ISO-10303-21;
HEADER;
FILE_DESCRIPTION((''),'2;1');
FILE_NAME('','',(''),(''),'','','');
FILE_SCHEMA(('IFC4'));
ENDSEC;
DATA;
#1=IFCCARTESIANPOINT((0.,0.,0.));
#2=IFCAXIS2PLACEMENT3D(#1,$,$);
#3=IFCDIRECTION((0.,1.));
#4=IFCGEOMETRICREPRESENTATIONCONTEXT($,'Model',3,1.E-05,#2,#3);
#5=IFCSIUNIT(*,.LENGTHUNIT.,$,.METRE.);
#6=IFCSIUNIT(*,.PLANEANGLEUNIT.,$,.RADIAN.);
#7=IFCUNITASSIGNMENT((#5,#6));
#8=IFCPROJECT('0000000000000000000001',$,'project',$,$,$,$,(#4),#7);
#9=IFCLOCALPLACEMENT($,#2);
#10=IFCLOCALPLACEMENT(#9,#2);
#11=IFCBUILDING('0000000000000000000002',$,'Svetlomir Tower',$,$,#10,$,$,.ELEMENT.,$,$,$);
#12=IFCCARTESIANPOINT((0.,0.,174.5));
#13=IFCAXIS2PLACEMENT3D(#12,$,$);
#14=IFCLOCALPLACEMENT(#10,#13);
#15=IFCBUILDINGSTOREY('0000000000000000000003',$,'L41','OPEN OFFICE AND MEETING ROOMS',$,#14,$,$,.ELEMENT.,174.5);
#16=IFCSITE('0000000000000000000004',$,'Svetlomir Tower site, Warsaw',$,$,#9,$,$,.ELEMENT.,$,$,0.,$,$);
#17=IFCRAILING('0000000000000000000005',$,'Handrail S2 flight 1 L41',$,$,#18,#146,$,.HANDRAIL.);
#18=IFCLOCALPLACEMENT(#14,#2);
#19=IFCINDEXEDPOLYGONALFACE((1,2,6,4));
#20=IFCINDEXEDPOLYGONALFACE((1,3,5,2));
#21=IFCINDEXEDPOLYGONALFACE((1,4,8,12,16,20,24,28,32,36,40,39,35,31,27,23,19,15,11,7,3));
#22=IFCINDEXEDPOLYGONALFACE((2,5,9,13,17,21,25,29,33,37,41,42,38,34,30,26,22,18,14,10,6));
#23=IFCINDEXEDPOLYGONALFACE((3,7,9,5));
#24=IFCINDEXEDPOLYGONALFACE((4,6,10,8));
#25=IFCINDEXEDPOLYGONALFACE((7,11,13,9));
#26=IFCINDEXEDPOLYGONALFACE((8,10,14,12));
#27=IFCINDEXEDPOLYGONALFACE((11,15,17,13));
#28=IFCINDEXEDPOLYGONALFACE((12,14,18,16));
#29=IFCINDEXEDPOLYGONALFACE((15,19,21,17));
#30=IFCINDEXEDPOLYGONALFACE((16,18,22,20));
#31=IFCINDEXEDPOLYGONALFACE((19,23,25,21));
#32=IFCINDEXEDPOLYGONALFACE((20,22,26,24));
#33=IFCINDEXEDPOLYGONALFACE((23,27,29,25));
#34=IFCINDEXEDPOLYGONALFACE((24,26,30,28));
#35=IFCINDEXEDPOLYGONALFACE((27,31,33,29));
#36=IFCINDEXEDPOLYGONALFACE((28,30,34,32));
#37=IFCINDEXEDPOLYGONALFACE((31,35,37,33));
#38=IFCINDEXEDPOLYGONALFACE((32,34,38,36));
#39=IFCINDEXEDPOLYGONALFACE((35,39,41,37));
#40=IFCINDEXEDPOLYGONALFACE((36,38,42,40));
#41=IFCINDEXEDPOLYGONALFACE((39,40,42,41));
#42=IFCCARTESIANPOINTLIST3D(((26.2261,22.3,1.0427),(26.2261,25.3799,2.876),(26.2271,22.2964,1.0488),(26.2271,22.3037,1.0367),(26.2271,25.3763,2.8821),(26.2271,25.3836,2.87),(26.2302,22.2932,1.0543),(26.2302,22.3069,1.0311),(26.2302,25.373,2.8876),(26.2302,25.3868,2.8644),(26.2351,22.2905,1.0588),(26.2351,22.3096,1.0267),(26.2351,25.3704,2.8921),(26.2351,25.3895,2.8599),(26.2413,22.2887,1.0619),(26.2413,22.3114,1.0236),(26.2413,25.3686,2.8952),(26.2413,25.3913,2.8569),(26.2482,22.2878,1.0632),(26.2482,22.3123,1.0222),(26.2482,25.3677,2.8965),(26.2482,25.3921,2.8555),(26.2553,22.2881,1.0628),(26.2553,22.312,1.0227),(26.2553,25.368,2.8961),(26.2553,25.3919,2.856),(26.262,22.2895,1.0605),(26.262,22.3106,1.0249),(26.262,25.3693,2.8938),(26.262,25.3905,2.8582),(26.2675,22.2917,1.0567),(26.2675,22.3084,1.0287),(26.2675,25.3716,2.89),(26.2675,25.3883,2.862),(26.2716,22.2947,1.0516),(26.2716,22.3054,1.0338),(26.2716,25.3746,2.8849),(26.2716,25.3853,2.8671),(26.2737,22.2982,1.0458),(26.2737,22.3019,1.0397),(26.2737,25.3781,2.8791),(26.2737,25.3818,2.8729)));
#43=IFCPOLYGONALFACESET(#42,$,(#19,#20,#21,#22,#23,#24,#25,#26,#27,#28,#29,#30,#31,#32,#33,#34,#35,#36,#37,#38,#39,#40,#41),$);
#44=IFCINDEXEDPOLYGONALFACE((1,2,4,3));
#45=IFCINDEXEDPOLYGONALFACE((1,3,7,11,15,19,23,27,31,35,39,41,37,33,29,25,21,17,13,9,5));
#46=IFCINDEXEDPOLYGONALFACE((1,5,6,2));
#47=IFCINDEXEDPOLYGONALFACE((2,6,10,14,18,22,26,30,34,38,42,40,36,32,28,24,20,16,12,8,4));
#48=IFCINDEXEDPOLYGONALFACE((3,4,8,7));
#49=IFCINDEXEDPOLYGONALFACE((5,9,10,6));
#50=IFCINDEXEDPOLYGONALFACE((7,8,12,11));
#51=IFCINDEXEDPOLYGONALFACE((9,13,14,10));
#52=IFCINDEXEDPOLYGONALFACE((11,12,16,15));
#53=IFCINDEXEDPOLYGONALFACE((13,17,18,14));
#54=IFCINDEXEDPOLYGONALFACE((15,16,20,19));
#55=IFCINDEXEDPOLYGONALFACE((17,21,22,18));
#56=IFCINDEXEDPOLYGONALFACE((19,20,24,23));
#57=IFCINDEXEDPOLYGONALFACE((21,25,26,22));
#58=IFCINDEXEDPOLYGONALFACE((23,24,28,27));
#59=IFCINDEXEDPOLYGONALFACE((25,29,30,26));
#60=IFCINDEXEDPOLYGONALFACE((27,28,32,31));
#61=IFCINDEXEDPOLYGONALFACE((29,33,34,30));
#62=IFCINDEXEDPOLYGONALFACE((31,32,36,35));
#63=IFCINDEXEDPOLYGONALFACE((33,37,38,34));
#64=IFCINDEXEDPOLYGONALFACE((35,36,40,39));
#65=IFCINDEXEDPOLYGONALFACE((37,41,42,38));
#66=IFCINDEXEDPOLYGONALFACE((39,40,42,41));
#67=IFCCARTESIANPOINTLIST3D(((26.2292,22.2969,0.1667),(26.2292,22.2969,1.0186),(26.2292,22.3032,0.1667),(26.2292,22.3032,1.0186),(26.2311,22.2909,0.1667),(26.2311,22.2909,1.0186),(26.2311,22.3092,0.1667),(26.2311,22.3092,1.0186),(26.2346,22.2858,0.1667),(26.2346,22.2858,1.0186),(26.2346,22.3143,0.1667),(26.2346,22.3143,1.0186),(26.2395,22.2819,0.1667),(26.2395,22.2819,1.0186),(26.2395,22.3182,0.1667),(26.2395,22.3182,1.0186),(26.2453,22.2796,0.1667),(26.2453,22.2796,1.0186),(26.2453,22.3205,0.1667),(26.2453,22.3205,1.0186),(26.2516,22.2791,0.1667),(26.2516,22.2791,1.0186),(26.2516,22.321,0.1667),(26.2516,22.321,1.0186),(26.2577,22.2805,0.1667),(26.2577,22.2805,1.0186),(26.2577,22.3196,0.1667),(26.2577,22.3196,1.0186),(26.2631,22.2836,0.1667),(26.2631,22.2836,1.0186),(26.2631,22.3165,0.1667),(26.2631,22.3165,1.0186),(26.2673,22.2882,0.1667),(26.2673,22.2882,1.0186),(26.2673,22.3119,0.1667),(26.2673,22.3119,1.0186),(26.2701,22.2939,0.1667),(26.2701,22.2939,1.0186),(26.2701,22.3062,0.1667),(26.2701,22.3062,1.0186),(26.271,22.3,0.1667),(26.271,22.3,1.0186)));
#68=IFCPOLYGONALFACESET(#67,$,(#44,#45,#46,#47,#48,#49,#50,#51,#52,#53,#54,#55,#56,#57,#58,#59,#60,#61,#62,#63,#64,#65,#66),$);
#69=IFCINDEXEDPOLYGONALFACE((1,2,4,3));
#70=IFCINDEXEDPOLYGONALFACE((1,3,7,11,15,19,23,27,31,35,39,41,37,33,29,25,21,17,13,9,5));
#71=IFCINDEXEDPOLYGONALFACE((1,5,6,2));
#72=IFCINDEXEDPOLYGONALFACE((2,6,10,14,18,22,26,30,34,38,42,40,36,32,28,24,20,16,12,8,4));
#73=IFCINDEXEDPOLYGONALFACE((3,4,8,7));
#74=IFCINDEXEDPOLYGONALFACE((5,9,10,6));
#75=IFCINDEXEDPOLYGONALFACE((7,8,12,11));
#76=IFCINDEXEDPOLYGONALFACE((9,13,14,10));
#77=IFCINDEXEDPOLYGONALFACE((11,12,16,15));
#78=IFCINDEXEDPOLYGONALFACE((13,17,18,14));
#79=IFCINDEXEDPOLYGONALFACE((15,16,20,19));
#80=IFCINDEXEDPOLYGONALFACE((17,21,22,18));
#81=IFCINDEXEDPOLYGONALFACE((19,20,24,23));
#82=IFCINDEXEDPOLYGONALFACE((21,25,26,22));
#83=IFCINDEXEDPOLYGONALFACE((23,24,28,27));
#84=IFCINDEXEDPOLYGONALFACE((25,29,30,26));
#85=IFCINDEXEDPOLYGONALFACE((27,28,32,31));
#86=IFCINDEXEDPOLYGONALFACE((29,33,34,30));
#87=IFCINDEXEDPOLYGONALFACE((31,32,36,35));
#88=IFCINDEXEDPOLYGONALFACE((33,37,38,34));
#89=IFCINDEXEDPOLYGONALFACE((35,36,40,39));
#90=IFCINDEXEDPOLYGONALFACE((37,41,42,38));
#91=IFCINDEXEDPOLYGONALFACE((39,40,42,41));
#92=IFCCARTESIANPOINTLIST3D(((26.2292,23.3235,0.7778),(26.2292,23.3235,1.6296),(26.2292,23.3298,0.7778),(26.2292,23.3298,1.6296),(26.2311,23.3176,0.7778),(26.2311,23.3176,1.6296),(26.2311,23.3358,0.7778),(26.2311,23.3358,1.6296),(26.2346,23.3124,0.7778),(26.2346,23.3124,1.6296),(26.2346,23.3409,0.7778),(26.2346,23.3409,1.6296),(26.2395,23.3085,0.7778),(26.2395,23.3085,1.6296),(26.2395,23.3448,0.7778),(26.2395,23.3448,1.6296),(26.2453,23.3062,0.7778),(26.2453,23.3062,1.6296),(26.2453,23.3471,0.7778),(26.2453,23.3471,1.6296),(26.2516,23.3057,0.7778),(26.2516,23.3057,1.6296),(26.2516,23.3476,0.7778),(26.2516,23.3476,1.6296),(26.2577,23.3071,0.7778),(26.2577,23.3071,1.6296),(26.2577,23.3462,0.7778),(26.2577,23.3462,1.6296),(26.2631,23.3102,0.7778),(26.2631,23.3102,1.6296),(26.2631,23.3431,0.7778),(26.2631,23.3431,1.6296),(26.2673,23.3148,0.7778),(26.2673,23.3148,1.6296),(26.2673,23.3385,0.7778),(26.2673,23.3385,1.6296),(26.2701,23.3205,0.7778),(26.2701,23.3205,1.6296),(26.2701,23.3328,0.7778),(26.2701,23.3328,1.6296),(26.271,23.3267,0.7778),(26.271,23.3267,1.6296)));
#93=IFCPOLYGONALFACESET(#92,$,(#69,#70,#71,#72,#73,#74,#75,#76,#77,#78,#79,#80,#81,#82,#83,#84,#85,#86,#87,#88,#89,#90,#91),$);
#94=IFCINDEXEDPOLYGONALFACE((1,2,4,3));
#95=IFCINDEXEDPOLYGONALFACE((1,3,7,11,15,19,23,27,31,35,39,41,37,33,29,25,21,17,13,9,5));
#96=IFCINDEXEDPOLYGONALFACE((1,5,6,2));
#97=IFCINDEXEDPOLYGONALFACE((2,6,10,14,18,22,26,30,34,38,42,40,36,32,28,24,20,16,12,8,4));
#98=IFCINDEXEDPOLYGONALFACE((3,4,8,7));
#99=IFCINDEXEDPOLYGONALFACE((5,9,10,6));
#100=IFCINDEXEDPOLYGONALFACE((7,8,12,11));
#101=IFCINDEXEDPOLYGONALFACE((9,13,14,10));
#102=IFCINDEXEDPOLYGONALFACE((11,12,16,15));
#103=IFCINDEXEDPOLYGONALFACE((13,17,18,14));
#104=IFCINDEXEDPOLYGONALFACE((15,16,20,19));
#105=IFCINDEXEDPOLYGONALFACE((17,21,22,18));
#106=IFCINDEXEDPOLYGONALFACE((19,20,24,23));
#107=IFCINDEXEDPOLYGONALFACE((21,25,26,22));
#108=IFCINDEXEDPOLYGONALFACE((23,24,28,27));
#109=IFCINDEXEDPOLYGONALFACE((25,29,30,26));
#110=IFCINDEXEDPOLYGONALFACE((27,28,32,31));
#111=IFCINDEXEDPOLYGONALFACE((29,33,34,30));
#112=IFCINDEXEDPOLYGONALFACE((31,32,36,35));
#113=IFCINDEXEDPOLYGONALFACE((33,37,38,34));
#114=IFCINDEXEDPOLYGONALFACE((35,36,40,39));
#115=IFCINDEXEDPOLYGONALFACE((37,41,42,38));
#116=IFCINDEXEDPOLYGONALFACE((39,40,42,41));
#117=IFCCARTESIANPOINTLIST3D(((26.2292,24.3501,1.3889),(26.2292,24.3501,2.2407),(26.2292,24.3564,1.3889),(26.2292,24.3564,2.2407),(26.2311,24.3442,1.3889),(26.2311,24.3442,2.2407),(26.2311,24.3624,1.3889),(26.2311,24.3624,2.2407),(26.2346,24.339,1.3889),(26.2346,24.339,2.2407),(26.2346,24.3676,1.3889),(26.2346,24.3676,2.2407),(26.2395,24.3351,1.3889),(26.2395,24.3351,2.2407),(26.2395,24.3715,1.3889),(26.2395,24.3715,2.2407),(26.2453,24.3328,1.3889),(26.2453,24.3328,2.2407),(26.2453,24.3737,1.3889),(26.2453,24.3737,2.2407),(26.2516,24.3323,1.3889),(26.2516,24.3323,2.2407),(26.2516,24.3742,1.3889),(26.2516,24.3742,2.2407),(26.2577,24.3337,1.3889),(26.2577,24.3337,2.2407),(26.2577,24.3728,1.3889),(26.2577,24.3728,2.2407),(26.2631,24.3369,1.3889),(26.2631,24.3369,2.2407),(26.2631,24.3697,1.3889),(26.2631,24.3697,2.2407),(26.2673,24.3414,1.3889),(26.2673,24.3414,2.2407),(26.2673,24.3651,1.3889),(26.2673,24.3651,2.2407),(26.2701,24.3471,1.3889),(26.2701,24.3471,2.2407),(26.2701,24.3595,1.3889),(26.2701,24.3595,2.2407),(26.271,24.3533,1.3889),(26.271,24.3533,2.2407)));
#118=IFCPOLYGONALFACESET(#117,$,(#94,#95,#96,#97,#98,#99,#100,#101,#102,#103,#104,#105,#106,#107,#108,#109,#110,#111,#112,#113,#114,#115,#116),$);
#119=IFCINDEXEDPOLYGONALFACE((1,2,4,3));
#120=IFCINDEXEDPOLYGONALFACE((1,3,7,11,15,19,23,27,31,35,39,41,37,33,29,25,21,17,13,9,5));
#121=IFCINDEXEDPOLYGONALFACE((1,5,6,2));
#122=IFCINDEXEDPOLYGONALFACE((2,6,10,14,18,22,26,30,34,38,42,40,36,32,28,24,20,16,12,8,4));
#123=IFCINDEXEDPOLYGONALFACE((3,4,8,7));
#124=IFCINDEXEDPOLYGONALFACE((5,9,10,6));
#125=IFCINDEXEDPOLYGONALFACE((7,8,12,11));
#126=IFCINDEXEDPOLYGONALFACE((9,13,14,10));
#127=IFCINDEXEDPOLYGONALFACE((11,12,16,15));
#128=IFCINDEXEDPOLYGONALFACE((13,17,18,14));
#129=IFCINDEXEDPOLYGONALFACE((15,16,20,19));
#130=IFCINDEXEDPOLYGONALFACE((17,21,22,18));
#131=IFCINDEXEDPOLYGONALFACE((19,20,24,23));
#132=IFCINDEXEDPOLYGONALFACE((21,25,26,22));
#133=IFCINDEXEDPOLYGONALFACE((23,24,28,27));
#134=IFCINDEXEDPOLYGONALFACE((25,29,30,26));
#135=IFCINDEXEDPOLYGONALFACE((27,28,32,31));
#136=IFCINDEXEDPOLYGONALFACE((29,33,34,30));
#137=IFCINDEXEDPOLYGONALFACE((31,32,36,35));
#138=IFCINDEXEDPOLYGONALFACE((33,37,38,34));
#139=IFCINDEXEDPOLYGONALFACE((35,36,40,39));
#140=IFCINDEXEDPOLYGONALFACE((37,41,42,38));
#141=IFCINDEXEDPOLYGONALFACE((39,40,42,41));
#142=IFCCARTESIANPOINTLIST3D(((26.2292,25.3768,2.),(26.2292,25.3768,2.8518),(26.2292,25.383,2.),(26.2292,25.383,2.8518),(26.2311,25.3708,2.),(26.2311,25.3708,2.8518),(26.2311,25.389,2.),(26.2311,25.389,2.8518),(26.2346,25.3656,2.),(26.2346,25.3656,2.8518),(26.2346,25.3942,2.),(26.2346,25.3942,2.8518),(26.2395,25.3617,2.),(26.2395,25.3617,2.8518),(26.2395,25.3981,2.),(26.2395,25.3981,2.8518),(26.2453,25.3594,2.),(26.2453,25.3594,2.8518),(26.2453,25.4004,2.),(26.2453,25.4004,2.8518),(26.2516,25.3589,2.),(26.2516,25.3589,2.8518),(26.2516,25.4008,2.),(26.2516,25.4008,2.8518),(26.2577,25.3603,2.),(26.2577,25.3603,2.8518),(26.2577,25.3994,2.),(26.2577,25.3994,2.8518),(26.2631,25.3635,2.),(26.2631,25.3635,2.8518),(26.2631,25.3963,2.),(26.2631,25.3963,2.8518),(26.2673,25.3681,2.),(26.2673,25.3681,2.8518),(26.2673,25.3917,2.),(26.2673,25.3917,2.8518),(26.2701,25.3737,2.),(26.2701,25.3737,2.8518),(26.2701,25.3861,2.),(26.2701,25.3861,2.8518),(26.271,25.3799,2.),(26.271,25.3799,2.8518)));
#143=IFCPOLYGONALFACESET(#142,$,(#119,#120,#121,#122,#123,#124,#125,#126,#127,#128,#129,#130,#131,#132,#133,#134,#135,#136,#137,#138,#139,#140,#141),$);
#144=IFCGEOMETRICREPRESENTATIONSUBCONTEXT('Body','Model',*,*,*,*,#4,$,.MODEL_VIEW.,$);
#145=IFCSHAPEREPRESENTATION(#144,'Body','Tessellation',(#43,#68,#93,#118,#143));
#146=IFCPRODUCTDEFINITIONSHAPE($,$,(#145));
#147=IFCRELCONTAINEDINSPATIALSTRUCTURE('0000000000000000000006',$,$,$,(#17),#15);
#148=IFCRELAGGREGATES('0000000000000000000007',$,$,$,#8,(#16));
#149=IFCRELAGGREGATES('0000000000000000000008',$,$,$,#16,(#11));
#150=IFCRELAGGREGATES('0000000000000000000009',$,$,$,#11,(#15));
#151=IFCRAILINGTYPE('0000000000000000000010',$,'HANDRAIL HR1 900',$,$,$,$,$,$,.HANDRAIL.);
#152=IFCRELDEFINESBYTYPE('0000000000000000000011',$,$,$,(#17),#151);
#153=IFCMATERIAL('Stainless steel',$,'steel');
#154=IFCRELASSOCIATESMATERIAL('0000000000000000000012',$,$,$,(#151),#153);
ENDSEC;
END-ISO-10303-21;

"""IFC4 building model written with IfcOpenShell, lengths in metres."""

from ifc_helpers import new_model, si_unit, direction, frame, origin, origin_2d, place, context, subcontext, project, spatial, circle, extrude, material, type_object, element, save


model = new_model("IFC4")

# Units and contexts
model_context = context("Model", 3, precision=1e-05, world=origin(), true_north=direction((0.0, 1.0)))
body_context = subcontext(model_context, "Body", "Model", "MODEL_VIEW")
ifc_project = project(units=[si_unit("LENGTHUNIT", "METRE"), si_unit("PLANEANGLEUNIT", "RADIAN")], contexts=[model_context])

# Site, building, storey
site_placement = place(None, origin())
site = spatial("IfcSite", under=ifc_project, at=site_placement, Name="Svetlomir Tower site, Warsaw", CompositionType="ELEMENT", RefElevation=0.0)
building_placement = place(site_placement, origin())
building = spatial("IfcBuilding", under=site, at=building_placement, Name="Svetlomir Tower", CompositionType="ELEMENT")
storey_placement = place(building_placement, frame((0.0, 0.0, 174.5)))
storey = spatial("IfcBuildingStorey", under=building, at=storey_placement, Name="L41", Description="OPEN OFFICE AND MEETING ROOMS", CompositionType="ELEMENT", Elevation=174.5)

# Railing
ifc_material_1 = material(Name="Stainless steel", Category="steel")
railing_type = type_object("IfcRailingType", Name="HANDRAIL HR1 900", PredefinedType="HANDRAIL", material=ifc_material_1)
railing_1_placement = place(storey_placement, frame((26.25, 22.3, 0.1667)))
element("IfcRailing", 1, at=railing_1_placement, inside=storey, type_object=railing_type, Name="Handrail S2 flight 1 L41", PredefinedType="HANDRAIL", context=body_context, shape_type="SweptSolid", body=[
    extrude(circle(Radius=0.0239, at=origin_2d()), frame((0.0, 0.0, 0.876), z_axis=(0.0, 0.859291, 0.511487), x_axis=(-1.0, 0.0, 0.0)), (0.0, 0.0, 1.0), 3.5842),
    extrude(circle(Radius=0.021, at=origin_2d()), origin(), (0.0, 0.0, 1.0), 0.8518),
    extrude(circle(Radius=0.021, at=origin_2d()), frame((0.0, 1.0266, 0.6111)), (0.0, 0.0, 1.0), 0.8518),
    extrude(circle(Radius=0.021, at=origin_2d()), frame((0.0, 2.0532, 1.2222)), (0.0, 0.0, 1.0), 0.8518),
    extrude(circle(Radius=0.021, at=origin_2d()), frame((0.0, 3.0798, 1.8333)), (0.0, 0.0, 1.0), 0.8518),
])

save(model, "model.ifc")
